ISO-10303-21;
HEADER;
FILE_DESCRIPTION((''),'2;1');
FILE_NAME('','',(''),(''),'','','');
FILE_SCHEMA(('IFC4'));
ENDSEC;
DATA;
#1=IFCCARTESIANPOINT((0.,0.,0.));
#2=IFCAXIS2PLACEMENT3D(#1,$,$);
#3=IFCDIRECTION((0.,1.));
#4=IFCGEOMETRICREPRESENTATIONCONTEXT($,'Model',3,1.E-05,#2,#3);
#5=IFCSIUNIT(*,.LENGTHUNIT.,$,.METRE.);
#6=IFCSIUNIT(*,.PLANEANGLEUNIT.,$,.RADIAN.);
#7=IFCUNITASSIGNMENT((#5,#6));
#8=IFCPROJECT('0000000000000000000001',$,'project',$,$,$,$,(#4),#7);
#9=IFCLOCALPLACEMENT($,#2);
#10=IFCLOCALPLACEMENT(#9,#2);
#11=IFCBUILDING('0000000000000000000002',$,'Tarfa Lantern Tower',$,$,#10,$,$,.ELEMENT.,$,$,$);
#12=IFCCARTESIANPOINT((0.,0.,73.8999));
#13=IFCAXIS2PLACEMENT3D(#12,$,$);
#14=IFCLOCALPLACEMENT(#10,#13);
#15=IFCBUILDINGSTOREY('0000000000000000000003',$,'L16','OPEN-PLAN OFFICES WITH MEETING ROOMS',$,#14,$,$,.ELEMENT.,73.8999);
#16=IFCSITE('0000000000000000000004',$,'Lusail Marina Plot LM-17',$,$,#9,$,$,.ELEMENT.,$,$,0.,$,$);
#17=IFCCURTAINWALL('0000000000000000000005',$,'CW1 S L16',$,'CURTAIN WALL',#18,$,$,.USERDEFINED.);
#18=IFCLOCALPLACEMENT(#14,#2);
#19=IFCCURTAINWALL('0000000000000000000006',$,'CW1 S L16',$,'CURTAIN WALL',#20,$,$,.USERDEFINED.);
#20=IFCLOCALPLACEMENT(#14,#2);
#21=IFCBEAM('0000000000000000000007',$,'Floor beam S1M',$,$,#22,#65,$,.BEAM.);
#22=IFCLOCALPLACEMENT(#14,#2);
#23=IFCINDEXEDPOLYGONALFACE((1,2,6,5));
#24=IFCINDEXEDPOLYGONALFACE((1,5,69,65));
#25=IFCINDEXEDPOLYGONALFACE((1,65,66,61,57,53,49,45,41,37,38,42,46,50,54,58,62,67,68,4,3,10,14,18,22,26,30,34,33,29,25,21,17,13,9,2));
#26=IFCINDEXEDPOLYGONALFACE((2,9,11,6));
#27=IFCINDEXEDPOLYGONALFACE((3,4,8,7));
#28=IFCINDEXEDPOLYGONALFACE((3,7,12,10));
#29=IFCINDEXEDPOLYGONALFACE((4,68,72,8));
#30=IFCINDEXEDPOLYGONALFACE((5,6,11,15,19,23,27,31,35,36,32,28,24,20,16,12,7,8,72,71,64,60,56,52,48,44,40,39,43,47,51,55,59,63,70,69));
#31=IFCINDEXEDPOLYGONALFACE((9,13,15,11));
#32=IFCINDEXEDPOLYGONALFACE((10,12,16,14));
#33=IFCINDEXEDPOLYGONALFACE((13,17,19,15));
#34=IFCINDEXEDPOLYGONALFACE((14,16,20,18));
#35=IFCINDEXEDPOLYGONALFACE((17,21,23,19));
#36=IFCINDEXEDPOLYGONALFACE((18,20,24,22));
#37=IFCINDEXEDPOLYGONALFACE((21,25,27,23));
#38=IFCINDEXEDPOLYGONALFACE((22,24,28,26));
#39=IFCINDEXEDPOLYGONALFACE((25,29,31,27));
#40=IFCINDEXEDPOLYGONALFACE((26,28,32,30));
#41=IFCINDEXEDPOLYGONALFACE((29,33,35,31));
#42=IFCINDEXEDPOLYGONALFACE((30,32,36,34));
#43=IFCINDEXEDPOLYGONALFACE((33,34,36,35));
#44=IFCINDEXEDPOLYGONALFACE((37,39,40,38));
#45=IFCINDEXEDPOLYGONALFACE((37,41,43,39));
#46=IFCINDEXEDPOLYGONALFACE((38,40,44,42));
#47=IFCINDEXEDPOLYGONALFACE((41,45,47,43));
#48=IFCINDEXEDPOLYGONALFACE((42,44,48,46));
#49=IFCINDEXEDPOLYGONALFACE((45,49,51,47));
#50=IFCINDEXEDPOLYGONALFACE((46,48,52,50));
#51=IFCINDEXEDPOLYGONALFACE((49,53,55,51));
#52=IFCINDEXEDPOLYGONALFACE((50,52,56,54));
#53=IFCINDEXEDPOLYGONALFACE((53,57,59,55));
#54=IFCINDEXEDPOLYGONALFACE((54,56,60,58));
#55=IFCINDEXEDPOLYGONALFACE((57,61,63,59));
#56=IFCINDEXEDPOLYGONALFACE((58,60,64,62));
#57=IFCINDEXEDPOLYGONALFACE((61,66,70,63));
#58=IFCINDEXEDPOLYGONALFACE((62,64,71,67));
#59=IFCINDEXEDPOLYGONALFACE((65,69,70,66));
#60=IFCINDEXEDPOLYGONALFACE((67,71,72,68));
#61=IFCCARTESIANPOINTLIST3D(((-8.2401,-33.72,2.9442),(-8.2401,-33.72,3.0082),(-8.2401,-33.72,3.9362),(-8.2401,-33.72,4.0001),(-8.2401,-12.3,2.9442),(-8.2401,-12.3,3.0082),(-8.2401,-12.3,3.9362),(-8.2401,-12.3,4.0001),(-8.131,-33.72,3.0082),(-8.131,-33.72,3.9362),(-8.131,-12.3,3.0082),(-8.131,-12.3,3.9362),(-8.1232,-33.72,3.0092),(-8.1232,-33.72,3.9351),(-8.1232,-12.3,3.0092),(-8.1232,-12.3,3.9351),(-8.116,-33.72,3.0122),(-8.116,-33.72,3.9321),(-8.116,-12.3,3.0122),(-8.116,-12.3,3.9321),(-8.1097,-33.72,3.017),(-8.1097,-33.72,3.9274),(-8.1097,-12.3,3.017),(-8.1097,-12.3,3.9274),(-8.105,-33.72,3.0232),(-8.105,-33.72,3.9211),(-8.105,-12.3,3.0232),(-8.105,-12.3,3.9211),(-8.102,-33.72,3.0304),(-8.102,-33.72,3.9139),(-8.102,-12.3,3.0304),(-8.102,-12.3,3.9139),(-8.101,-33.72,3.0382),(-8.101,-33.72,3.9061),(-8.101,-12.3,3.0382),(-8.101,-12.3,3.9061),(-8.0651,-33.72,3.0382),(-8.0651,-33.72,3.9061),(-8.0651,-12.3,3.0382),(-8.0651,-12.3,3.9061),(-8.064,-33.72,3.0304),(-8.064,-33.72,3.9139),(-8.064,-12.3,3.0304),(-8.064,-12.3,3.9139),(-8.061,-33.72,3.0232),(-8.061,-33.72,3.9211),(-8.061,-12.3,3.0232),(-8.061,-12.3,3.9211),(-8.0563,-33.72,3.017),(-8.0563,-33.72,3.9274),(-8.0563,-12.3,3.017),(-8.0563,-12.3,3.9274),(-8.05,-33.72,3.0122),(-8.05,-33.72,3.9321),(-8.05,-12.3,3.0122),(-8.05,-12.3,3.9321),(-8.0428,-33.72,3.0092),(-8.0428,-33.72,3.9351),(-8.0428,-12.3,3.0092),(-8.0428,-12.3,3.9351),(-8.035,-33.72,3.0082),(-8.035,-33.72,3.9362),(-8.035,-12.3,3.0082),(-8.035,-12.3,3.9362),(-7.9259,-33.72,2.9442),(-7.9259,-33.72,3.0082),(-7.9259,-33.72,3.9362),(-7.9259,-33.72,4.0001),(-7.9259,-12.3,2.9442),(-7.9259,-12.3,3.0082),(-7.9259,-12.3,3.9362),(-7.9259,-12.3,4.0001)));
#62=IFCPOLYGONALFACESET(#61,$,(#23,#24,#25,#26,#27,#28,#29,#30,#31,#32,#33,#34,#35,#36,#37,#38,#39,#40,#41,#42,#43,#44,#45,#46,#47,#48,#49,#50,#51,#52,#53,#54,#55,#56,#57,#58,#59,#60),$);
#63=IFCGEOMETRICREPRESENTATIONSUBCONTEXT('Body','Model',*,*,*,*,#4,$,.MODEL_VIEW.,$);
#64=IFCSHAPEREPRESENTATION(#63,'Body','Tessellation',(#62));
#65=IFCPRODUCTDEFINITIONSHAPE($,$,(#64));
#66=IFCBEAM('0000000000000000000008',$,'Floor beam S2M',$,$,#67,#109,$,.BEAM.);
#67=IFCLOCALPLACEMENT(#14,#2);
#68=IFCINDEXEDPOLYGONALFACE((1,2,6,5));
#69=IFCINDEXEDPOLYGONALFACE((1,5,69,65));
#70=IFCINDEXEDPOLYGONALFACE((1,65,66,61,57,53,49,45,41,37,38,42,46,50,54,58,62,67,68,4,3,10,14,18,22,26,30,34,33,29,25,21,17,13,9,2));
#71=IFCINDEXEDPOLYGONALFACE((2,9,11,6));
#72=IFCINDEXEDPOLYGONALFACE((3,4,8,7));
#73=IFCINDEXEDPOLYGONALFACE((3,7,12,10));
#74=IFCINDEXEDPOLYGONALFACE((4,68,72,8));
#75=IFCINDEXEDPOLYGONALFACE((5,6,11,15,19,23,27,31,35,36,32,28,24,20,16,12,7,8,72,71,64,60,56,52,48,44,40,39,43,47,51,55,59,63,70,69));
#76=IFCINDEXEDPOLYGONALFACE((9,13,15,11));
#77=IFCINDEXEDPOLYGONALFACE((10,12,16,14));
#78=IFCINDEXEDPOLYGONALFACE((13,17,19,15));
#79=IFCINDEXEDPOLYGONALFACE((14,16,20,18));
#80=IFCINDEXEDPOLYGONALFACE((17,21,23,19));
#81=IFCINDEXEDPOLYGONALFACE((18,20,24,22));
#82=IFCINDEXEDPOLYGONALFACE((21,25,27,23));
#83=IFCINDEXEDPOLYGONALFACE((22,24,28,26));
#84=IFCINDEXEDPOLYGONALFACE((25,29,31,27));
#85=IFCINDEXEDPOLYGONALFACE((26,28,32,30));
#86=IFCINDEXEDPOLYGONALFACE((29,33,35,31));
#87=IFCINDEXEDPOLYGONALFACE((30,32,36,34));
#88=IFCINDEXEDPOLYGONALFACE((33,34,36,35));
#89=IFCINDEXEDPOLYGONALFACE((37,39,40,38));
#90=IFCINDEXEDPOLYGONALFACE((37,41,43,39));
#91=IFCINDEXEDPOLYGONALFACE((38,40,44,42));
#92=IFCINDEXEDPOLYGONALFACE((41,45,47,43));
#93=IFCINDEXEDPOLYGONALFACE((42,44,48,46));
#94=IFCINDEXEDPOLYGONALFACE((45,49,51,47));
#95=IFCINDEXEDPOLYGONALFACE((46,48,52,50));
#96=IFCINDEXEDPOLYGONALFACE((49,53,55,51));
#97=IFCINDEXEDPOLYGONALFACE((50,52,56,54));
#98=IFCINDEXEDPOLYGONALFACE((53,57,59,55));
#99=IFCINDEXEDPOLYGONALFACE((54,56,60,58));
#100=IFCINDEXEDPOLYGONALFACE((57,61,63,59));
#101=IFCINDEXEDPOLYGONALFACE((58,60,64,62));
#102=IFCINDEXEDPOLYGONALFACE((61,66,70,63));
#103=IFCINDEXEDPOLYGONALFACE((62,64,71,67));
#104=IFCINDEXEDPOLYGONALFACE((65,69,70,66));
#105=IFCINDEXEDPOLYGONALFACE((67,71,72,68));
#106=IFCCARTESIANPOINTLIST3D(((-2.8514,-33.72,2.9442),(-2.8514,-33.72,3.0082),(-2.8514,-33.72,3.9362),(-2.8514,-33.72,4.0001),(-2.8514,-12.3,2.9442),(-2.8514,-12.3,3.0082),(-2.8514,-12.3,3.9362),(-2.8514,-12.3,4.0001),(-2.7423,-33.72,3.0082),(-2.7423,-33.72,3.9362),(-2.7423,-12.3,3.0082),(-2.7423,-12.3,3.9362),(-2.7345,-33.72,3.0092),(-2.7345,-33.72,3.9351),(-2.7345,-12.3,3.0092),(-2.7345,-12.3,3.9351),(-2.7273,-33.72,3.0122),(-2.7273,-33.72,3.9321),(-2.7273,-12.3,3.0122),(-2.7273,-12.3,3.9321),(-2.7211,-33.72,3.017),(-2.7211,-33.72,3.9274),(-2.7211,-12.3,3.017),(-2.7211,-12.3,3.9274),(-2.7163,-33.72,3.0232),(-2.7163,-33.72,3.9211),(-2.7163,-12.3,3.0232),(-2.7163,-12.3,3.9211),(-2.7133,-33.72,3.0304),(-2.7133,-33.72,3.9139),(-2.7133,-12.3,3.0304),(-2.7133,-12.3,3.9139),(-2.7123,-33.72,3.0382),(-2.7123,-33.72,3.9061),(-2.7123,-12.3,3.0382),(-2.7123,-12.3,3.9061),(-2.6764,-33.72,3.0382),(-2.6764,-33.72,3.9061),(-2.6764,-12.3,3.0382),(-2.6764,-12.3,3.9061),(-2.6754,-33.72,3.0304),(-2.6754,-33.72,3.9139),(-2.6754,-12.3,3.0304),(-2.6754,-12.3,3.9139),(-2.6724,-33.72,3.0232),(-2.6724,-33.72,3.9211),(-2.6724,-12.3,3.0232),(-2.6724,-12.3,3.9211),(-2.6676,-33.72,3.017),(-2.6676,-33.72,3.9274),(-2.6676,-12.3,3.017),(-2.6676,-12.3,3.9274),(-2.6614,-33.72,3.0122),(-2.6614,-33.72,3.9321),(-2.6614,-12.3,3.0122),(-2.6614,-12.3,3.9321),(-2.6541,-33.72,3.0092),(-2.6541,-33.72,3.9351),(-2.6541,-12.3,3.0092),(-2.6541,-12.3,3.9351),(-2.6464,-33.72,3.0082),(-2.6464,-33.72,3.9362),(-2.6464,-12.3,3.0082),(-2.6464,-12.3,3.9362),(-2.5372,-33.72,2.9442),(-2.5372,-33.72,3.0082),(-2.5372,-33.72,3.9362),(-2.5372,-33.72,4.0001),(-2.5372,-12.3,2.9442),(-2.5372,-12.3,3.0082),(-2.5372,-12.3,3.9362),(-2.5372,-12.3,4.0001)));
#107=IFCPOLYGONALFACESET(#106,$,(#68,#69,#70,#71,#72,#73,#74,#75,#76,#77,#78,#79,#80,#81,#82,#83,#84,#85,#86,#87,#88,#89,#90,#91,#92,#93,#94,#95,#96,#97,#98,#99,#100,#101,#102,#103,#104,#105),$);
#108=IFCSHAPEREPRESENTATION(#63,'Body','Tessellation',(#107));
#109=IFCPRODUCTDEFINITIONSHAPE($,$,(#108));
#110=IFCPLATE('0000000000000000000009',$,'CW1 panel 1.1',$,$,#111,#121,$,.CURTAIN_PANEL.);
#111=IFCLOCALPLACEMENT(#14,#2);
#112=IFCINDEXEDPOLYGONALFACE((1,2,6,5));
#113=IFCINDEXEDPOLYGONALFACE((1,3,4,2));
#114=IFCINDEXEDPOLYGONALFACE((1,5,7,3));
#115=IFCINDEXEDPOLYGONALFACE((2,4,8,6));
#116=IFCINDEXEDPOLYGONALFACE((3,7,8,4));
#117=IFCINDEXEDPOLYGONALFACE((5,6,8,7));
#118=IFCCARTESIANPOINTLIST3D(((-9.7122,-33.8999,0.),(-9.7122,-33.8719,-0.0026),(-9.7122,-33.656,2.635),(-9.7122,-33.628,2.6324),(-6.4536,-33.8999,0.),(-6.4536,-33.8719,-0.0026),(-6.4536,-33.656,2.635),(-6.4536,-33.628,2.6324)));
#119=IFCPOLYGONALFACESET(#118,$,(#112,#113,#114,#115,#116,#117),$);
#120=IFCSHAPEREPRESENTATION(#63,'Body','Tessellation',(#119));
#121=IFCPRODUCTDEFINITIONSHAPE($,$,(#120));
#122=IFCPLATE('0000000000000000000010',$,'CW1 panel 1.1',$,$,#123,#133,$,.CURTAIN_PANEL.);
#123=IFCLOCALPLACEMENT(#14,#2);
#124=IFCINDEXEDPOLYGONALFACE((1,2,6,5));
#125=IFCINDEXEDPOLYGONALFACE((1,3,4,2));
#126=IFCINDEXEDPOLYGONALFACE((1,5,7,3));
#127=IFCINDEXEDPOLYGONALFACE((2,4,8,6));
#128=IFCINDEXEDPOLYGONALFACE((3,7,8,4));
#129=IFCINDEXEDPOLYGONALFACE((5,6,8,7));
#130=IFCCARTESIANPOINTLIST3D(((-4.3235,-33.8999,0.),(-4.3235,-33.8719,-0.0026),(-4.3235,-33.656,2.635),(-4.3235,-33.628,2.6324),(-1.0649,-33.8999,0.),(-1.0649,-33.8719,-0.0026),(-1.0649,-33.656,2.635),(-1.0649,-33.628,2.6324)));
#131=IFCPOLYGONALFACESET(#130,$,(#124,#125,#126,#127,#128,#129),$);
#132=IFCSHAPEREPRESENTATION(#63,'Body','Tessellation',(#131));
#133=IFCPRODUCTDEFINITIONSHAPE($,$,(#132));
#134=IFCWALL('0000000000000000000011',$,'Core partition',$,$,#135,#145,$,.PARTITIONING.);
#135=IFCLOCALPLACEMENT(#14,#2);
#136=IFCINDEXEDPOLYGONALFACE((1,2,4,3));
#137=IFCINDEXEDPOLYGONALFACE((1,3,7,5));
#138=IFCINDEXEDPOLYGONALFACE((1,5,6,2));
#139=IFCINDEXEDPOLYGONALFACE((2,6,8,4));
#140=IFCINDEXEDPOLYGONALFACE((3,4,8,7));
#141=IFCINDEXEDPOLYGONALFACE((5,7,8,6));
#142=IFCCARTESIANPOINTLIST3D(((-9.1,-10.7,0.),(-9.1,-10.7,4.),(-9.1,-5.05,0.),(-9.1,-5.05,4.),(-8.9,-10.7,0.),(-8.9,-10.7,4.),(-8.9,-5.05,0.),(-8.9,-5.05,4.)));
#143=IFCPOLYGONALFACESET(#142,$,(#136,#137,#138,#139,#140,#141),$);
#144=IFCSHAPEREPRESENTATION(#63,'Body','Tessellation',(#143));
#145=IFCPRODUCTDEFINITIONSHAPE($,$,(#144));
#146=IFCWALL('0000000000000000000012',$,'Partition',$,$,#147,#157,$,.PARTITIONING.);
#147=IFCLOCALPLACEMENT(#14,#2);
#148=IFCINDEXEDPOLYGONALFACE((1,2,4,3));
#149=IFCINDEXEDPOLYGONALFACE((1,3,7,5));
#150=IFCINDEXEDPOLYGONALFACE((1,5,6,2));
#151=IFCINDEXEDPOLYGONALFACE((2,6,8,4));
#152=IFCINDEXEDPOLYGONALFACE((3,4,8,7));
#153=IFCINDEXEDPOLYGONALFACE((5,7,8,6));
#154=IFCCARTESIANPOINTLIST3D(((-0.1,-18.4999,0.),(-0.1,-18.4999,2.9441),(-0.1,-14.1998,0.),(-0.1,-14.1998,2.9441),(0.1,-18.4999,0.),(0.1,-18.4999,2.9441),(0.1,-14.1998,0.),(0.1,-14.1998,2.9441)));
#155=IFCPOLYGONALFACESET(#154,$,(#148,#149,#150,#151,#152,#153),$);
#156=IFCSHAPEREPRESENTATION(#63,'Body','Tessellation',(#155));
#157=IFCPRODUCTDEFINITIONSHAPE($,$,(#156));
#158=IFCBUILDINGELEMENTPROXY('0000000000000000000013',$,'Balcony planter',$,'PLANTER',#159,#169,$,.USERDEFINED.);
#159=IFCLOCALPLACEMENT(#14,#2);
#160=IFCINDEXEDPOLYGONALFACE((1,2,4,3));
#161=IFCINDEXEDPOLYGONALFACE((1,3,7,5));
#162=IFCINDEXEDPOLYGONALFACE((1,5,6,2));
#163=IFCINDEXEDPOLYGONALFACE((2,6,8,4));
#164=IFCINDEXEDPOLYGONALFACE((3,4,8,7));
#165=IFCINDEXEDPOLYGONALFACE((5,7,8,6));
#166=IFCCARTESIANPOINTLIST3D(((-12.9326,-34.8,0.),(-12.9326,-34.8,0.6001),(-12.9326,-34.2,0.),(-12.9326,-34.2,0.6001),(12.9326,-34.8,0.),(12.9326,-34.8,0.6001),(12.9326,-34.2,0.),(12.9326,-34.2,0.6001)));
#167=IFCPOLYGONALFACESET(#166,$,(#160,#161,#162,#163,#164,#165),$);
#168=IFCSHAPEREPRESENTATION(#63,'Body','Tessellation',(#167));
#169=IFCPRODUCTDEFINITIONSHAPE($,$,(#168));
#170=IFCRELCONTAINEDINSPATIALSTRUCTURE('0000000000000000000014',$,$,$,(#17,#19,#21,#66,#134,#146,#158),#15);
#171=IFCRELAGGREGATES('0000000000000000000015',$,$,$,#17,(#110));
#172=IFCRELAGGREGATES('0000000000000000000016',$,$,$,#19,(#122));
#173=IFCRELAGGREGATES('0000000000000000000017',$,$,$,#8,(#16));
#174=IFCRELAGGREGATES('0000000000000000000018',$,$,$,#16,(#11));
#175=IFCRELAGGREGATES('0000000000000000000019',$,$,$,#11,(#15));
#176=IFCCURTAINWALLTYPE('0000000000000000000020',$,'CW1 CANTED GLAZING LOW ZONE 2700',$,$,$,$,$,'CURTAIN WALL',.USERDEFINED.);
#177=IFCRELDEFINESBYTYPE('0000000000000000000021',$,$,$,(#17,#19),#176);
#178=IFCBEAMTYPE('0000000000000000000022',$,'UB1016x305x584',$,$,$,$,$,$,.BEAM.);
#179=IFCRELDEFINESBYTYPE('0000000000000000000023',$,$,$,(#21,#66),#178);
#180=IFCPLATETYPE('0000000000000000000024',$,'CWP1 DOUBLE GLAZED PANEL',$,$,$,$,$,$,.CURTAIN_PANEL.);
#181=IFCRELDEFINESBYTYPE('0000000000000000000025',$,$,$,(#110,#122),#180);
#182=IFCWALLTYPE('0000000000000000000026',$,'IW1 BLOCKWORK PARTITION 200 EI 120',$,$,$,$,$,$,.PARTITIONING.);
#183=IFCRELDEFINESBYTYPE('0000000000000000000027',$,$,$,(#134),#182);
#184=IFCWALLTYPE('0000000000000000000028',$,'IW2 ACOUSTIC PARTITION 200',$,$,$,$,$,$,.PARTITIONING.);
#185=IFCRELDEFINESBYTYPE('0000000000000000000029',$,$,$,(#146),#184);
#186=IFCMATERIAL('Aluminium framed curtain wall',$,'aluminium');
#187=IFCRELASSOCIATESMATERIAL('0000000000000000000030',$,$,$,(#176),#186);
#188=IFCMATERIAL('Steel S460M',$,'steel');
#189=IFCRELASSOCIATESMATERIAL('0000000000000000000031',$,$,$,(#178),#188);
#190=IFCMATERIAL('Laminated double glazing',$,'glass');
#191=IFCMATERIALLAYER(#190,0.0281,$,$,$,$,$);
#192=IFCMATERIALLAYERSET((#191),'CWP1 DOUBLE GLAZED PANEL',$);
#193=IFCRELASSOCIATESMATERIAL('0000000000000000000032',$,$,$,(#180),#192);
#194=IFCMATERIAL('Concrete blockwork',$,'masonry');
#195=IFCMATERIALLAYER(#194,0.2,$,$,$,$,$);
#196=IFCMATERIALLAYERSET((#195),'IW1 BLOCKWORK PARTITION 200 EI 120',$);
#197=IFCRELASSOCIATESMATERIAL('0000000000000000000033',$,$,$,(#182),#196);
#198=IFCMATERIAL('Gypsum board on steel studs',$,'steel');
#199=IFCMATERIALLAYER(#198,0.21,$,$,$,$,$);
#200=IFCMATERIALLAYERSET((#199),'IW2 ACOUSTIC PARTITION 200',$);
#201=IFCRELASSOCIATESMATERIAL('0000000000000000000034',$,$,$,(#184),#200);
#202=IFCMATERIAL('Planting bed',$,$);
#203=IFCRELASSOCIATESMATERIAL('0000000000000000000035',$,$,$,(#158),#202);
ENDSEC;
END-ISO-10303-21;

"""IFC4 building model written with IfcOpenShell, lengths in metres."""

from ifc_helpers import new_model, si_unit, direction, frame, frame_2d, origin, origin_2d, place, context, subcontext, project, spatial, polyline, rectangle, i_section, outline, extrude, material, layer, layer_set, material_profile, profile_set, type_object, element, aggregate, save


model = new_model("IFC4")

# Units and contexts
model_context = context("Model", 3, precision=1e-05, world=origin(), true_north=direction((0.0, 1.0)))
body_context = subcontext(model_context, "Body", "Model", "MODEL_VIEW")
ifc_project = project(units=[si_unit("LENGTHUNIT", "METRE"), si_unit("PLANEANGLEUNIT", "RADIAN")], contexts=[model_context])

# Site, building, storey
site_placement = place(None, origin())
site = spatial("IfcSite", under=ifc_project, at=site_placement, Name="Lusail Marina Plot LM-17", CompositionType="ELEMENT", RefElevation=0.0)
building_placement = place(site_placement, origin())
building = spatial("IfcBuilding", under=site, at=building_placement, Name="Tarfa Lantern Tower", CompositionType="ELEMENT")
storey_placement = place(building_placement, frame((0.0, 0.0, 73.8999)))
storey = spatial("IfcBuildingStorey", under=building, at=storey_placement, Name="L16", Description="OPEN-PLAN OFFICES WITH MEETING ROOMS", CompositionType="ELEMENT", Elevation=73.8999)

# Shared definitions
ifc_material_1 = material(Name="Aluminium framed curtain wall", Category="aluminium")
curtain_wall_type = type_object("IfcCurtainWallType", Name="CW1 CANTED GLAZING LOW ZONE 2700", ElementType="CURTAIN WALL", PredefinedType="USERDEFINED", material=ifc_material_1)

# Curtain walls
curtain_wall_1_placement = place(storey_placement, origin())
curtain_wall_1 = element("IfcCurtainWall", 1, at=curtain_wall_1_placement, inside=storey, type_object=curtain_wall_type, Name="CW1 S L16", ObjectType="CURTAIN WALL", PredefinedType="USERDEFINED")
curtain_wall_2_placement = place(storey_placement, origin())
curtain_wall_2 = element("IfcCurtainWall", 2, at=curtain_wall_2_placement, inside=storey, type_object=curtain_wall_type, Name="CW1 S L16", ObjectType="CURTAIN WALL", PredefinedType="USERDEFINED")

# Beams
ifc_material_2 = material(Name="Steel S460M", Category="steel")
ifc_material_profile_1 = material_profile(ifc_material_2, i_section(OverallWidth=0.3142, OverallDepth=1.0559, WebThickness=0.0359, FlangeThickness=0.064, FilletRadius=0.03, at=origin_2d()), Name="UB1016x305x584")
ifc_profile_set_1 = profile_set([ifc_material_profile_1], Name="Steel S460M")
beam_type_1 = type_object("IfcBeamType", Name="UB1016x305x584", PredefinedType="BEAM", material=ifc_profile_set_1)
for number, where, z_axis, x_axis, name in (
    (3, (-8.083, -33.72, 3.4722), (0.0, 1.0, 0.0), (-1.0, 0.0, 0.0), "Floor beam S1M"),
    (4, (-2.6943, -33.72, 3.4722), (0.0, 1.0, 0.0), (-1.0, 0.0, 0.0), "Floor beam S2M"),
):
    element("IfcBeam", number, at=place(storey_placement, frame(where, z_axis=z_axis, x_axis=x_axis)), inside=storey, type_object=beam_type_1, Name=name, PredefinedType="BEAM", context=body_context, shape_type="SweptSolid", body=[
        extrude(i_section(OverallWidth=0.3142, OverallDepth=1.0559, WebThickness=0.0359, FlangeThickness=0.064, FilletRadius=0.03, at=origin_2d()), origin(), (0.0, 0.0, 1.0), 21.4199),
    ])

# Plates
ifc_material_3 = material(Name="Laminated double glazing", Category="glass")
ifc_layer_1 = layer(ifc_material_3, 0.0281)
ifc_layer_set_1 = layer_set([ifc_layer_1], Name="CWP1 DOUBLE GLAZED PANEL")
plate_type = type_object("IfcPlateType", Name="CWP1 DOUBLE GLAZED PANEL", PredefinedType="CURTAIN_PANEL", material=ifc_layer_set_1)
plate_1_placement = place(storey_placement, frame((-9.7122, -33.8999, 0.0), z_axis=(0.0, -0.995744, 0.092166), x_axis=(1.0, 0.0, 0.0)))
plate_1 = element("IfcPlate", 5, at=plate_1_placement, type_object=plate_type, Name="CW1 panel 1.1", PredefinedType="CURTAIN_PANEL", context=body_context, shape_type="SweptSolid", body=[
    extrude(outline(polyline([(0.0, 0.0), (3.2585, 0.0), (3.2585, 2.6463), (0.0, 2.6463), (0.0, 0.0)])), origin(), (0.0, 0.0, -1.0), 0.0281),
])
aggregate(curtain_wall_1, [plate_1])
plate_2_placement = place(storey_placement, frame((-4.3235, -33.8999, 0.0), z_axis=(0.0, -0.995744, 0.092166), x_axis=(1.0, 0.0, 0.0)))
plate_2 = element("IfcPlate", 6, at=plate_2_placement, type_object=plate_type, Name="CW1 panel 1.1", PredefinedType="CURTAIN_PANEL", context=body_context, shape_type="SweptSolid", body=[
    extrude(outline(polyline([(0.0, 0.0), (3.2585, 0.0), (3.2585, 2.6463), (0.0, 2.6463), (0.0, 0.0)])), origin(), (0.0, 0.0, -1.0), 0.0281),
])
aggregate(curtain_wall_2, [plate_2])

# Walls
ifc_material_4 = material(Name="Concrete blockwork", Category="masonry")
ifc_layer_2 = layer(ifc_material_4, 0.2)
ifc_layer_set_2 = layer_set([ifc_layer_2], Name="IW1 BLOCKWORK PARTITION 200 EI 120")
wall_type_1 = type_object("IfcWallType", Name="IW1 BLOCKWORK PARTITION 200 EI 120", PredefinedType="PARTITIONING", material=ifc_layer_set_2)
wall_1_placement = place(storey_placement, frame((-9.0, -5.05, 0.0), z_axis=(0.0, 0.0, 1.0), x_axis=(0.0, -1.0, 0.0)))
element("IfcWall", 7, at=wall_1_placement, inside=storey, type_object=wall_type_1, Name="Core partition", PredefinedType="PARTITIONING", context=body_context, shape_type="SweptSolid", body=[
    extrude(rectangle(XDim=5.6499, YDim=0.2, at=frame_2d((2.825, 0.0))), origin(), (0.0, 0.0, 1.0), 4.0),
])
ifc_material_5 = material(Name="Gypsum board on steel studs", Category="steel")
ifc_layer_3 = layer(ifc_material_5, 0.21)
ifc_layer_set_3 = layer_set([ifc_layer_3], Name="IW2 ACOUSTIC PARTITION 200")
wall_type_2 = type_object("IfcWallType", Name="IW2 ACOUSTIC PARTITION 200", PredefinedType="PARTITIONING", material=ifc_layer_set_3)
wall_2_placement = place(storey_placement, frame((0.0, -14.2, 0.0), z_axis=(0.0, 0.0, 1.0), x_axis=(0.0, -1.0, 0.0)))
element("IfcWall", 8, at=wall_2_placement, inside=storey, type_object=wall_type_2, Name="Partition", PredefinedType="PARTITIONING", context=body_context, shape_type="SweptSolid", body=[
    extrude(rectangle(XDim=4.3, YDim=0.2, at=frame_2d((2.1499, 0.0))), origin(), (0.0, 0.0, 1.0), 2.9441),
])

# Building element proxy
ifc_material_6 = material(Name="Planting bed")
proxy_placement = place(storey_placement, frame((0.0, -34.5, 0.0), z_axis=(0.0, 0.0, 1.0), x_axis=(1.0, 0.0, 0.0)))
element("IfcBuildingElementProxy", 9, at=proxy_placement, inside=storey, material=ifc_material_6, Name="Balcony planter", ObjectType="PLANTER", PredefinedType="USERDEFINED", context=body_context, shape_type="SweptSolid", body=[
    extrude(rectangle(XDim=25.8652, YDim=0.6001, at=origin_2d()), origin(), (0.0, 0.0, 1.0), 0.6001),
])

save(model, "model.ifc")
